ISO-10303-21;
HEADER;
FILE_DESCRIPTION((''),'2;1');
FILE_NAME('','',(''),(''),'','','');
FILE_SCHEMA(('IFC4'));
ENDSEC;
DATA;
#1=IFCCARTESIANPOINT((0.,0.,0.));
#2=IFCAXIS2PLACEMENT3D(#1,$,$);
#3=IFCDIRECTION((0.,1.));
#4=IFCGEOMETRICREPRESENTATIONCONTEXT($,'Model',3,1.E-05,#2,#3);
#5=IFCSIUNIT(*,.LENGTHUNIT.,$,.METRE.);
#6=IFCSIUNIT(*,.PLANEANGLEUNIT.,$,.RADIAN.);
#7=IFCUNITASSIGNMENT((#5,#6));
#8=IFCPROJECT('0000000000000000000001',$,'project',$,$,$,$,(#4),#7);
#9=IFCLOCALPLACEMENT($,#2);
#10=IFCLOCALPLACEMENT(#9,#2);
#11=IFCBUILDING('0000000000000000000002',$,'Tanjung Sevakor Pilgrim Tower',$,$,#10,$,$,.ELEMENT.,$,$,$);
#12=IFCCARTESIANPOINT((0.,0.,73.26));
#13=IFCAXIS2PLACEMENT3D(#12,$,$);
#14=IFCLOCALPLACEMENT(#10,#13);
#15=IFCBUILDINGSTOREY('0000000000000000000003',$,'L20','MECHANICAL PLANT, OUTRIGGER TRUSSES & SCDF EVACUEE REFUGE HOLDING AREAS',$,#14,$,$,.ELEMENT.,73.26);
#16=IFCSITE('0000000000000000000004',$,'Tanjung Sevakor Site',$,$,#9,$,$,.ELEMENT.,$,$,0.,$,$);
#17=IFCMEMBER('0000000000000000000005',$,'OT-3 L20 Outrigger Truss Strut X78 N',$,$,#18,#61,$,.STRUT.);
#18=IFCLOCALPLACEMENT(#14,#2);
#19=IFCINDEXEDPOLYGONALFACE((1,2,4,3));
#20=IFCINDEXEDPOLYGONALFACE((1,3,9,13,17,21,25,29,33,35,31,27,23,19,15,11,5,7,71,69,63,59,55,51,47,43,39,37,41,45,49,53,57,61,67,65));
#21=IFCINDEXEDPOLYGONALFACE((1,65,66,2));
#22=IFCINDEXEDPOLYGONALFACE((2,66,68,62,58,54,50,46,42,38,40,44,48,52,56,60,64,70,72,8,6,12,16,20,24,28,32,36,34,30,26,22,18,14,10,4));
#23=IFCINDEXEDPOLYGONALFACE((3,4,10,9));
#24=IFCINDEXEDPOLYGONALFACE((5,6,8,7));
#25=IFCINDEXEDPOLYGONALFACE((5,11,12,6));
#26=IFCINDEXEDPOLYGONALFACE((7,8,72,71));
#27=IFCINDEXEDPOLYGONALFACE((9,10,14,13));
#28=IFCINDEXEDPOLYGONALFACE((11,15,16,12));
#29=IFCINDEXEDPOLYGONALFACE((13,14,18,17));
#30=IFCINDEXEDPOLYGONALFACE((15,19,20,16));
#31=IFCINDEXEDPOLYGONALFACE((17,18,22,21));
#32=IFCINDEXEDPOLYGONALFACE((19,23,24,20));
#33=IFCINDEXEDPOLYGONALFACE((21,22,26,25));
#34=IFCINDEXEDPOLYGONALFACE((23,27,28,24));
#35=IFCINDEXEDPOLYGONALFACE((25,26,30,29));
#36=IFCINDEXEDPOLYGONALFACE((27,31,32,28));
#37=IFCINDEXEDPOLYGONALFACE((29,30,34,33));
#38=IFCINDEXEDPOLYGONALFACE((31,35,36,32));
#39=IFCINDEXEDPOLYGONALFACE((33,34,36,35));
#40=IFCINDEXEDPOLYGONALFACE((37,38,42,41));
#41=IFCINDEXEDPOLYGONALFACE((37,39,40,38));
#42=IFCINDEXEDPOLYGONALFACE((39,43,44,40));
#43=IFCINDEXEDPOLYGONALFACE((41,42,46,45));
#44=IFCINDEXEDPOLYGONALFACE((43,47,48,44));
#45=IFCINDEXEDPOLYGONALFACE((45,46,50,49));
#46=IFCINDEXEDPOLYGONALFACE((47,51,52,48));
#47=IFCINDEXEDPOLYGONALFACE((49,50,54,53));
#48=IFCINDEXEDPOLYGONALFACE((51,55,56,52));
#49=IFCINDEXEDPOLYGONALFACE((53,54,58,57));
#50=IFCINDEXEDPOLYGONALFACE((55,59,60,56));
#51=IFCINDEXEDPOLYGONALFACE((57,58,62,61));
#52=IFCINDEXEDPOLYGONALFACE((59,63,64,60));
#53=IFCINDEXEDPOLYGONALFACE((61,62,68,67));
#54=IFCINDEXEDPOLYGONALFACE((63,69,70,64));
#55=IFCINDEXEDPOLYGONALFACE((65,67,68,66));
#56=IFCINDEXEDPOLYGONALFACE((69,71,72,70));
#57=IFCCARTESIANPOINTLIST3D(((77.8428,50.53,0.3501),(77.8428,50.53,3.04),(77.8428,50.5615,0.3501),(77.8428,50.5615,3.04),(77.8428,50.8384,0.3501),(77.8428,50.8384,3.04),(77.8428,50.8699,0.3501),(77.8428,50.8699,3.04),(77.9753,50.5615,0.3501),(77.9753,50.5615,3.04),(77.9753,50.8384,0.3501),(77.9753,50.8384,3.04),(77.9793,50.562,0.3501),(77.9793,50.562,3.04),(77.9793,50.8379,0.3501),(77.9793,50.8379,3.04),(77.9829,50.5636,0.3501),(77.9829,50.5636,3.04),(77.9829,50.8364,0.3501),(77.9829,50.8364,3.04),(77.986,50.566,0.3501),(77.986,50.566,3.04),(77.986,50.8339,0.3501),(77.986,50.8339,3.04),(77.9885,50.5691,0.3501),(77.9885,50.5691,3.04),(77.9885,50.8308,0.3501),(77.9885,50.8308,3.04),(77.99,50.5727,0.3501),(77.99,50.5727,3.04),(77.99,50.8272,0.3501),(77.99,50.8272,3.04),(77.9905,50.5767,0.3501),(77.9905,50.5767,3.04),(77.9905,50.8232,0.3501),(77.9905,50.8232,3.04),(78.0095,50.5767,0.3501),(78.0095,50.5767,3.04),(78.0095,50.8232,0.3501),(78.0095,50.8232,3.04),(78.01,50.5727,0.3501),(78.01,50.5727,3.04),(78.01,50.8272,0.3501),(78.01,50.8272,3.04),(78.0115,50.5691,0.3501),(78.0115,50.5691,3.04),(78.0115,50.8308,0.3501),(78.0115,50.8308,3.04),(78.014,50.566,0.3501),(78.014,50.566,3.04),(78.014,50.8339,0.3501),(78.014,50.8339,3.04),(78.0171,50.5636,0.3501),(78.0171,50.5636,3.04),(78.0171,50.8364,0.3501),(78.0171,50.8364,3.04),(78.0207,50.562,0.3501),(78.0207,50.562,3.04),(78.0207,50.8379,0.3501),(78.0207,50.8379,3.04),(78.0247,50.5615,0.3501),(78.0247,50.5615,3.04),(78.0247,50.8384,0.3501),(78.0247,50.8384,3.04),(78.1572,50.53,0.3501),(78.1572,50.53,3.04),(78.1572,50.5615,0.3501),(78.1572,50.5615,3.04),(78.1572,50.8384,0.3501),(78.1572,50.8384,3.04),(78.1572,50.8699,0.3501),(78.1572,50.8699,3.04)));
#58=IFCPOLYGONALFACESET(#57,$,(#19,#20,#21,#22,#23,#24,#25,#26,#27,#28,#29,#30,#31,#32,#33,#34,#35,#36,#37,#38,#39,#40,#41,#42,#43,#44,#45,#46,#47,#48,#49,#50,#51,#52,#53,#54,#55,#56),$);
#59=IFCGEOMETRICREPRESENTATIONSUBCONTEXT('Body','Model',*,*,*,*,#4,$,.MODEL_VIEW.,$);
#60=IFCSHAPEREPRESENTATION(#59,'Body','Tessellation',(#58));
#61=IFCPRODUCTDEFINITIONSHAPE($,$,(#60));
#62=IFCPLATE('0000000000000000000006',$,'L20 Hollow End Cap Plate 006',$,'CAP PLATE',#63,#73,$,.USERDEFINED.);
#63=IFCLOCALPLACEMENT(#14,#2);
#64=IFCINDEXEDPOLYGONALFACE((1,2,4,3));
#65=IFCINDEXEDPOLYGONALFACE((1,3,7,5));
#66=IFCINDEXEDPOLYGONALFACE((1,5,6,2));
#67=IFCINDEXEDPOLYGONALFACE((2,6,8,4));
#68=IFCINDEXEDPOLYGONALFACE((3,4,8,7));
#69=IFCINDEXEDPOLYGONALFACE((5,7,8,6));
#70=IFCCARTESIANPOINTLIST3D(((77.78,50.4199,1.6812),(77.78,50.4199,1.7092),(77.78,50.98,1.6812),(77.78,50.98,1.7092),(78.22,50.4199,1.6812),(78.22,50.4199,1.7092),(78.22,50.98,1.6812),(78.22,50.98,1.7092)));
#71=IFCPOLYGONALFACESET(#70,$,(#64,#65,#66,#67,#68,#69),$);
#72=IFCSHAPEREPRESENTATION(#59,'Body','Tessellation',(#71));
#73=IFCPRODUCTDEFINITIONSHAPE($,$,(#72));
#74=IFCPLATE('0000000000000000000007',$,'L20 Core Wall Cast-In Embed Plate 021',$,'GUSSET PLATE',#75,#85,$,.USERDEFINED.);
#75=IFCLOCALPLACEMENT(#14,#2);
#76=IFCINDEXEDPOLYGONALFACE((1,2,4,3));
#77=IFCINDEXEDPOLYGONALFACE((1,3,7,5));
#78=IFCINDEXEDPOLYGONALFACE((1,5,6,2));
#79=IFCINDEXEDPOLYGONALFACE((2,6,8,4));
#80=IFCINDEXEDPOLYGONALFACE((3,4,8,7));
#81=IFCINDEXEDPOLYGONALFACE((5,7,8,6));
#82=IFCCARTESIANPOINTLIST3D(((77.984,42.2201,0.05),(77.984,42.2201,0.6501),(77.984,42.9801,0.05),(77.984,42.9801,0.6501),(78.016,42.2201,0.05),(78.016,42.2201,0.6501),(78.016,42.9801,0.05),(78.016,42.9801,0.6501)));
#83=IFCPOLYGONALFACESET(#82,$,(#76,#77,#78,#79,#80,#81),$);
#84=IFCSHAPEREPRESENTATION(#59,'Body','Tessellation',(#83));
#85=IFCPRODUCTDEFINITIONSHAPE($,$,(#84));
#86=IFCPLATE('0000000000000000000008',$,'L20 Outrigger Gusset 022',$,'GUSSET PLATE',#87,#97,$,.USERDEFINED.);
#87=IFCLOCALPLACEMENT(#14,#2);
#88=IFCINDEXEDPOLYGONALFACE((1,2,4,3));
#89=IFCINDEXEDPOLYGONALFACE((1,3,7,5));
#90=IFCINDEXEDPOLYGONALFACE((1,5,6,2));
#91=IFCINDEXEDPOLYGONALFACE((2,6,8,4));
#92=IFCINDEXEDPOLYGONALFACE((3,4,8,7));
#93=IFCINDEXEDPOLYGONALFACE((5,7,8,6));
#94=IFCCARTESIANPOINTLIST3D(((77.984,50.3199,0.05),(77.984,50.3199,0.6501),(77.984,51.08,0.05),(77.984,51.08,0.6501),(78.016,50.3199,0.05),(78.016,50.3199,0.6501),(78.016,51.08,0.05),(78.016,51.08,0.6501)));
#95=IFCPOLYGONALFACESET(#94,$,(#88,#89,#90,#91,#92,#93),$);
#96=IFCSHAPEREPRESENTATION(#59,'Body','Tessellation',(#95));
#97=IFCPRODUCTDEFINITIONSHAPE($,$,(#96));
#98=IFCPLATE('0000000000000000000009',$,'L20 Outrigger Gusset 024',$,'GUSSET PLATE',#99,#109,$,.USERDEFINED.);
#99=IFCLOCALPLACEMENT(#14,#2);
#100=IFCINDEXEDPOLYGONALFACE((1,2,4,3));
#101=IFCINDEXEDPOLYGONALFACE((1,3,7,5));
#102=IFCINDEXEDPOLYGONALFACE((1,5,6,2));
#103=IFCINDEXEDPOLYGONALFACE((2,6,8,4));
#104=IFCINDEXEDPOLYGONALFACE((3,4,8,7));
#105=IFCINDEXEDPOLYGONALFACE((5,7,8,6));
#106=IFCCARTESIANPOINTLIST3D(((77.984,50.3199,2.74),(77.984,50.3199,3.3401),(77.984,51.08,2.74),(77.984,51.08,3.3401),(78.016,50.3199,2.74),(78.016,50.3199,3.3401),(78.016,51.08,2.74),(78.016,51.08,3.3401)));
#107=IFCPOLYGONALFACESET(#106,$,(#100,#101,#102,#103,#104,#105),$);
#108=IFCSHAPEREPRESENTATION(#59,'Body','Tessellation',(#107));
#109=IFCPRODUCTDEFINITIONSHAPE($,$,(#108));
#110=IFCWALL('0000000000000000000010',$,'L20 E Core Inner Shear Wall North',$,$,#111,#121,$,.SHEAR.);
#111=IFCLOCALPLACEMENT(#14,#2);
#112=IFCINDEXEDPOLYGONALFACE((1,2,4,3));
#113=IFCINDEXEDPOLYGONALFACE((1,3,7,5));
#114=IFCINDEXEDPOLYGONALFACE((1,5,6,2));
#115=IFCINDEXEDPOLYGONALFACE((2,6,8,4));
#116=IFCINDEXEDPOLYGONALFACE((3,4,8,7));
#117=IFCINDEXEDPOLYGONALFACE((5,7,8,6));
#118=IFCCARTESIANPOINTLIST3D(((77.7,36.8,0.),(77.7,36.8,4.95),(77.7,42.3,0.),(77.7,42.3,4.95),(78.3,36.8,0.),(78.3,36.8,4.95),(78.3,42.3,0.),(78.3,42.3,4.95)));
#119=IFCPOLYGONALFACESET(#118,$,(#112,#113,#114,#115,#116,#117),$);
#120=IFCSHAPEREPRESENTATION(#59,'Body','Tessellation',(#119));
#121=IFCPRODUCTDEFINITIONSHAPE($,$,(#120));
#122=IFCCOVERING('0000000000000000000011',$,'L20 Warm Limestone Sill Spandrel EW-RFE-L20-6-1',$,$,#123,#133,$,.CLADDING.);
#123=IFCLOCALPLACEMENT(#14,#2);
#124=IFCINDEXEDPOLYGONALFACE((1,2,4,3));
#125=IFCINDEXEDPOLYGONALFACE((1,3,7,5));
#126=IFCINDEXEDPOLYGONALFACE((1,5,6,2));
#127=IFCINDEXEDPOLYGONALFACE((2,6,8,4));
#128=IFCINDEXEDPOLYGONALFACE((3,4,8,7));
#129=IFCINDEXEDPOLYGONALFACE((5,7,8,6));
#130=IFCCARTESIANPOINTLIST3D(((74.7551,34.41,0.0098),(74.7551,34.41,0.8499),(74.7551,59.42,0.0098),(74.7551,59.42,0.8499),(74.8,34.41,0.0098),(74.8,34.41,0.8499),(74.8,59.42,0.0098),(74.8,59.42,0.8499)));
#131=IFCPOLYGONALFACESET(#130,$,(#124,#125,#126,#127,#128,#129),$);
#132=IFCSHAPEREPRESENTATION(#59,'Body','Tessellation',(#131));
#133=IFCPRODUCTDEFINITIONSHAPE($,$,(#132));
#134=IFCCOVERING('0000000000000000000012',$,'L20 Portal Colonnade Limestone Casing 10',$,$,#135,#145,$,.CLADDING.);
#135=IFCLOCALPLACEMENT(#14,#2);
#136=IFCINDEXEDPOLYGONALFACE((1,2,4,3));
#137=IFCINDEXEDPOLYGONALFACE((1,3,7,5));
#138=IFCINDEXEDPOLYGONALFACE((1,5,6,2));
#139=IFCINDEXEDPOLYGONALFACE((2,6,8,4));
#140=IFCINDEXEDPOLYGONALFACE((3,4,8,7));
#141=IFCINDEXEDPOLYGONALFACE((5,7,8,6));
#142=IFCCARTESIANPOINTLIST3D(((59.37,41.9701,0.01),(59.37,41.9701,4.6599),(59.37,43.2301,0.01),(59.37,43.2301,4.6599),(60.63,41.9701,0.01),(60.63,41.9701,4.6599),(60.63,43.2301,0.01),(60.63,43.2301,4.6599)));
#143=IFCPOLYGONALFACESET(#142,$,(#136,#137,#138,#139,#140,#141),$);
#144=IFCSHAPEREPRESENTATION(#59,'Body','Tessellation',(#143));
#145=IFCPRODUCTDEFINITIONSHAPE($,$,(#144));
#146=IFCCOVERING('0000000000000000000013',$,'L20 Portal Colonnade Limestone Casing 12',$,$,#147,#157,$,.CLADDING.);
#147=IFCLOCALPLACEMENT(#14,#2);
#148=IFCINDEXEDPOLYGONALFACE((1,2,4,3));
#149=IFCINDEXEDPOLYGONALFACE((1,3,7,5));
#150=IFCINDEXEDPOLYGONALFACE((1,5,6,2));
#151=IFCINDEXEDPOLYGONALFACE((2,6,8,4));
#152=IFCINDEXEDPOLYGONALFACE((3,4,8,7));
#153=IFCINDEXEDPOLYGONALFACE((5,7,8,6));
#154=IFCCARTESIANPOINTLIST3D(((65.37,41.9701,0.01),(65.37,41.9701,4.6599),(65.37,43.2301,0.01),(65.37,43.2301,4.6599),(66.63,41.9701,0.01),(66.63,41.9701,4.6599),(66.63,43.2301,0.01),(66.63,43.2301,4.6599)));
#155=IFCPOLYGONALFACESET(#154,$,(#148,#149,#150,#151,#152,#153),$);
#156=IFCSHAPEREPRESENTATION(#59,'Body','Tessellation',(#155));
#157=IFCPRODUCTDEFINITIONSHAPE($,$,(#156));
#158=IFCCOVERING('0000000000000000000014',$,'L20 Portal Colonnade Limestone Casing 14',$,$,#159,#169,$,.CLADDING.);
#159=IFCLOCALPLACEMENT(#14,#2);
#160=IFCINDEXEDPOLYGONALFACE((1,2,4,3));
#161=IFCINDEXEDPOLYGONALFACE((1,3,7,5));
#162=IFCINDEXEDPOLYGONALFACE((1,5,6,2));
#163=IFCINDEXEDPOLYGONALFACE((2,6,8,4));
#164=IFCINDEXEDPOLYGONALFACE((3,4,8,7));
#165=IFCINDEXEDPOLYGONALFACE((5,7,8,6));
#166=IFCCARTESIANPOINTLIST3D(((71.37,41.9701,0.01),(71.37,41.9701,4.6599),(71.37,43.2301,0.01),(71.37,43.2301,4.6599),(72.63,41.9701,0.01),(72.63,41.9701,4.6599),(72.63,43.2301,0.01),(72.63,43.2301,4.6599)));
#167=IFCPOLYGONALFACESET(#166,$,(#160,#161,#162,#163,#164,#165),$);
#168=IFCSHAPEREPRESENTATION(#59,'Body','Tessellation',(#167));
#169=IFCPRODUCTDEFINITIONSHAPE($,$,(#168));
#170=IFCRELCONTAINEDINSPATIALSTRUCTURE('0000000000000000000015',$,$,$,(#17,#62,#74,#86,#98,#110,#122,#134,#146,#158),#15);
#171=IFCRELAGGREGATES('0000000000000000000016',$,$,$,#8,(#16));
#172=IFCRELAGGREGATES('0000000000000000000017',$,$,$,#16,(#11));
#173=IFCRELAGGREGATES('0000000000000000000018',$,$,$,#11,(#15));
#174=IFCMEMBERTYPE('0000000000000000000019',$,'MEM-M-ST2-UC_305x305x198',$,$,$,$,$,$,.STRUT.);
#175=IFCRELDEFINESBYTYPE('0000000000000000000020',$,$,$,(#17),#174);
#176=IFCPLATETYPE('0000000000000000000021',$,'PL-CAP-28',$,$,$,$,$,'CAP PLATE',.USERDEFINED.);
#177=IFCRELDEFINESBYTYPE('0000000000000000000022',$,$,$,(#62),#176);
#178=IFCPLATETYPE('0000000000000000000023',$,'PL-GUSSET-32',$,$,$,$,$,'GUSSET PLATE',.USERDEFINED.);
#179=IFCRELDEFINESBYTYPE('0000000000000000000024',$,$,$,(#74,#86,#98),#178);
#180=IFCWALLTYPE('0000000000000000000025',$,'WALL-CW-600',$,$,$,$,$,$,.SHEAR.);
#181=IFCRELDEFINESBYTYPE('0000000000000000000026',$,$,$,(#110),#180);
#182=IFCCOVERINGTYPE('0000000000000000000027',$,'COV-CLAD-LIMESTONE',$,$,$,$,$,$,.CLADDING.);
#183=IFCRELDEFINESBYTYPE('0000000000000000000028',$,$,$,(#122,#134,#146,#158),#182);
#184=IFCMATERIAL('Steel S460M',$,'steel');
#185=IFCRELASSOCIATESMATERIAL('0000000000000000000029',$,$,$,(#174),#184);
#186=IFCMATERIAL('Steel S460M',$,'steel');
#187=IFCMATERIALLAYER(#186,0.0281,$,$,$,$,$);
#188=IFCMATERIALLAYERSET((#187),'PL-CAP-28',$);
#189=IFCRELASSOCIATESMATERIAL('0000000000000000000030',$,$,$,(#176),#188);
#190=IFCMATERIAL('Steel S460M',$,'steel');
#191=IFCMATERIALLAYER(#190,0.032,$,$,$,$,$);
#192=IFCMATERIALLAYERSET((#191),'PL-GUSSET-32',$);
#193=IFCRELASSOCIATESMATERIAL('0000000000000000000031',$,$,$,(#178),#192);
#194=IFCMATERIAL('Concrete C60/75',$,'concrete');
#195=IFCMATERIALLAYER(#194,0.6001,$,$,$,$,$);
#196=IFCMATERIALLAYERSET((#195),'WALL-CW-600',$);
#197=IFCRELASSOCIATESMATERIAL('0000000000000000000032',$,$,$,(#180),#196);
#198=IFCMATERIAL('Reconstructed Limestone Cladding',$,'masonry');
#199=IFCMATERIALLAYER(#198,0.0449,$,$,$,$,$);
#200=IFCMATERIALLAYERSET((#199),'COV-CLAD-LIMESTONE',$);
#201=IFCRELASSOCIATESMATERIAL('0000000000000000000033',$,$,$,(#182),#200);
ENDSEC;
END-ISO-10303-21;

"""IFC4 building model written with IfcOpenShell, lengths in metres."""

from ifc_helpers import new_model, si_unit, direction, frame, frame_2d, origin, origin_2d, place, context, subcontext, project, spatial, rectangle, i_section, extrude, material, layer, layer_set, material_profile, profile_set, type_object, element, save


model = new_model("IFC4")

# Units and contexts
model_context = context("Model", 3, precision=1e-05, world=origin(), true_north=direction((0.0, 1.0)))
body_context = subcontext(model_context, "Body", "Model", "MODEL_VIEW")
ifc_project = project(units=[si_unit("LENGTHUNIT", "METRE"), si_unit("PLANEANGLEUNIT", "RADIAN")], contexts=[model_context])

# Site, building, storey
site_placement = place(None, origin())
site = spatial("IfcSite", under=ifc_project, at=site_placement, Name="Tanjung Sevakor Site", CompositionType="ELEMENT", RefElevation=0.0)
building_placement = place(site_placement, origin())
building = spatial("IfcBuilding", under=site, at=building_placement, Name="Tanjung Sevakor Pilgrim Tower", CompositionType="ELEMENT")
storey_placement = place(building_placement, frame((0.0, 0.0, 73.26)))
storey = spatial("IfcBuildingStorey", under=building, at=storey_placement, Name="L20", Description="MECHANICAL PLANT, OUTRIGGER TRUSSES & SCDF EVACUEE REFUGE HOLDING AREAS", CompositionType="ELEMENT", Elevation=73.26)

# Member
ifc_material_1 = material(Name="Steel S460M", Category="steel")
ifc_material_profile_1 = material_profile(ifc_material_1, i_section(OverallWidth=0.3145, OverallDepth=0.3398, WebThickness=0.019, FlangeThickness=0.0315, FilletRadius=0.0151, at=origin_2d()))
ifc_profile_set_1 = profile_set([ifc_material_profile_1], Name="Steel S460M")
member_type_1 = type_object("IfcMemberType", Name="MEM-M-ST2-UC_305x305x198", PredefinedType="STRUT", material=ifc_profile_set_1)
member_1_placement = place(storey_placement, frame((78.0, 50.7, 0.3501), z_axis=(0.0, 0.0, 1.0), x_axis=(1.0, 0.0, 0.0)))
element("IfcMember", 1, at=member_1_placement, inside=storey, type_object=member_type_1, Name="OT-3 L20 Outrigger Truss Strut X78 N", PredefinedType="STRUT", context=body_context, shape_type="SweptSolid", body=[
    extrude(i_section(OverallWidth=0.3145, OverallDepth=0.3398, WebThickness=0.019, FlangeThickness=0.0315, FilletRadius=0.0151, at=origin_2d()), origin(), (0.0, 0.0, 1.0), 2.6899),
])

# Plates
ifc_material_2 = material(Name="Steel S460M", Category="steel")
ifc_layer_1 = layer(ifc_material_2, 0.0281)
ifc_layer_set_1 = layer_set([ifc_layer_1], Name="PL-CAP-28")
plate_type_1 = type_object("IfcPlateType", Name="PL-CAP-28", ElementType="CAP PLATE", PredefinedType="USERDEFINED", material=ifc_layer_set_1)
plate_placement = place(storey_placement, frame((78.0, 50.7, 1.6812), z_axis=(0.0, 0.0, 1.0), x_axis=(1.0, 0.0, 0.0)))
element("IfcPlate", 2, at=plate_placement, inside=storey, type_object=plate_type_1, Name="L20 Hollow End Cap Plate 006", ObjectType="CAP PLATE", PredefinedType="USERDEFINED", context=body_context, shape_type="SweptSolid", body=[
    extrude(rectangle(XDim=0.4399, YDim=0.5601, at=origin_2d()), origin(), (0.0, 0.0, 1.0), 0.0281),
])
ifc_material_3 = material(Name="Steel S460M", Category="steel")
ifc_layer_2 = layer(ifc_material_3, 0.032)
ifc_layer_set_2 = layer_set([ifc_layer_2], Name="PL-GUSSET-32")
plate_type_2 = type_object("IfcPlateType", Name="PL-GUSSET-32", ElementType="GUSSET PLATE", PredefinedType="USERDEFINED", material=ifc_layer_set_2)
for number, where, z_axis, x_axis, name in (
    (3, (78.0, 42.6001, 0.05), (0.0, 0.0, 1.0), (1.0, 0.0, 0.0), "L20 Core Wall Cast-In Embed Plate 021"),
    (4, (78.0, 50.7, 0.05), (0.0, 0.0, 1.0), (1.0, 0.0, 0.0), "L20 Outrigger Gusset 022"),
    (5, (78.0, 50.7, 2.74), (0.0, 0.0, 1.0), (1.0, 0.0, 0.0), "L20 Outrigger Gusset 024"),
):
    element("IfcPlate", number, at=place(storey_placement, frame(where, z_axis=z_axis, x_axis=x_axis)), inside=storey, type_object=plate_type_2, Name=name, ObjectType="GUSSET PLATE", PredefinedType="USERDEFINED", context=body_context, shape_type="SweptSolid", body=[
        extrude(rectangle(XDim=0.032, YDim=0.76, at=origin_2d()), origin(), (0.0, 0.0, 1.0), 0.6001),
    ])

# Wall
ifc_material_4 = material(Name="Concrete C60/75", Category="concrete")
ifc_layer_3 = layer(ifc_material_4, 0.6001)
ifc_layer_set_3 = layer_set([ifc_layer_3], Name="WALL-CW-600")
wall_type = type_object("IfcWallType", Name="WALL-CW-600", PredefinedType="SHEAR", material=ifc_layer_set_3)
wall_placement = place(storey_placement, frame((78.0, 36.8, 0.0), z_axis=(0.0, 0.0, 1.0), x_axis=(0.0, 1.0, 0.0)))
element("IfcWall", 6, at=wall_placement, inside=storey, type_object=wall_type, Name="L20 E Core Inner Shear Wall North", PredefinedType="SHEAR", context=body_context, shape_type="SweptSolid", body=[
    extrude(rectangle(XDim=5.5, YDim=0.6001, at=frame_2d((2.75, 0.0))), origin(), (0.0, 0.0, 1.0), 4.95),
])

# Coverings
ifc_material_5 = material(Name="Reconstructed Limestone Cladding", Category="masonry")
ifc_layer_4 = layer(ifc_material_5, 0.0449)
ifc_layer_set_4 = layer_set([ifc_layer_4], Name="COV-CLAD-LIMESTONE")
covering_type = type_object("IfcCoveringType", Name="COV-CLAD-LIMESTONE", PredefinedType="CLADDING", material=ifc_layer_set_4)
covering_placement = place(storey_placement, frame((74.7776, 46.915, 0.0098), z_axis=(0.0, 0.0, 1.0), x_axis=(0.0, -1.0, 0.0)))
element("IfcCovering", 7, at=covering_placement, inside=storey, type_object=covering_type, Name="L20 Warm Limestone Sill Spandrel EW-RFE-L20-6-1", PredefinedType="CLADDING", context=body_context, shape_type="SweptSolid", body=[
    extrude(rectangle(XDim=25.01, YDim=0.0449, at=origin_2d()), origin(), (0.0, 0.0, 1.0), 0.8401),
])
for number, where, z_axis, x_axis, name in (
    (8, (60.0, 42.6001, 0.01), (0.0, 0.0, 1.0), (1.0, 0.0, 0.0), "L20 Portal Colonnade Limestone Casing 10"),
    (9, (66.0, 42.6001, 0.01), (0.0, 0.0, 1.0), (1.0, 0.0, 0.0), "L20 Portal Colonnade Limestone Casing 12"),
    (10, (72.0, 42.6001, 0.01), (0.0, 0.0, 1.0), (1.0, 0.0, 0.0), "L20 Portal Colonnade Limestone Casing 14"),
):
    element("IfcCovering", number, at=place(storey_placement, frame(where, z_axis=z_axis, x_axis=x_axis)), inside=storey, type_object=covering_type, Name=name, PredefinedType="CLADDING", context=body_context, shape_type="SweptSolid", body=[
        extrude(rectangle(XDim=1.26, YDim=1.26, at=origin_2d()), origin(), (0.0, 0.0, 1.0), 4.6499),
    ])

save(model, "model.ifc")
